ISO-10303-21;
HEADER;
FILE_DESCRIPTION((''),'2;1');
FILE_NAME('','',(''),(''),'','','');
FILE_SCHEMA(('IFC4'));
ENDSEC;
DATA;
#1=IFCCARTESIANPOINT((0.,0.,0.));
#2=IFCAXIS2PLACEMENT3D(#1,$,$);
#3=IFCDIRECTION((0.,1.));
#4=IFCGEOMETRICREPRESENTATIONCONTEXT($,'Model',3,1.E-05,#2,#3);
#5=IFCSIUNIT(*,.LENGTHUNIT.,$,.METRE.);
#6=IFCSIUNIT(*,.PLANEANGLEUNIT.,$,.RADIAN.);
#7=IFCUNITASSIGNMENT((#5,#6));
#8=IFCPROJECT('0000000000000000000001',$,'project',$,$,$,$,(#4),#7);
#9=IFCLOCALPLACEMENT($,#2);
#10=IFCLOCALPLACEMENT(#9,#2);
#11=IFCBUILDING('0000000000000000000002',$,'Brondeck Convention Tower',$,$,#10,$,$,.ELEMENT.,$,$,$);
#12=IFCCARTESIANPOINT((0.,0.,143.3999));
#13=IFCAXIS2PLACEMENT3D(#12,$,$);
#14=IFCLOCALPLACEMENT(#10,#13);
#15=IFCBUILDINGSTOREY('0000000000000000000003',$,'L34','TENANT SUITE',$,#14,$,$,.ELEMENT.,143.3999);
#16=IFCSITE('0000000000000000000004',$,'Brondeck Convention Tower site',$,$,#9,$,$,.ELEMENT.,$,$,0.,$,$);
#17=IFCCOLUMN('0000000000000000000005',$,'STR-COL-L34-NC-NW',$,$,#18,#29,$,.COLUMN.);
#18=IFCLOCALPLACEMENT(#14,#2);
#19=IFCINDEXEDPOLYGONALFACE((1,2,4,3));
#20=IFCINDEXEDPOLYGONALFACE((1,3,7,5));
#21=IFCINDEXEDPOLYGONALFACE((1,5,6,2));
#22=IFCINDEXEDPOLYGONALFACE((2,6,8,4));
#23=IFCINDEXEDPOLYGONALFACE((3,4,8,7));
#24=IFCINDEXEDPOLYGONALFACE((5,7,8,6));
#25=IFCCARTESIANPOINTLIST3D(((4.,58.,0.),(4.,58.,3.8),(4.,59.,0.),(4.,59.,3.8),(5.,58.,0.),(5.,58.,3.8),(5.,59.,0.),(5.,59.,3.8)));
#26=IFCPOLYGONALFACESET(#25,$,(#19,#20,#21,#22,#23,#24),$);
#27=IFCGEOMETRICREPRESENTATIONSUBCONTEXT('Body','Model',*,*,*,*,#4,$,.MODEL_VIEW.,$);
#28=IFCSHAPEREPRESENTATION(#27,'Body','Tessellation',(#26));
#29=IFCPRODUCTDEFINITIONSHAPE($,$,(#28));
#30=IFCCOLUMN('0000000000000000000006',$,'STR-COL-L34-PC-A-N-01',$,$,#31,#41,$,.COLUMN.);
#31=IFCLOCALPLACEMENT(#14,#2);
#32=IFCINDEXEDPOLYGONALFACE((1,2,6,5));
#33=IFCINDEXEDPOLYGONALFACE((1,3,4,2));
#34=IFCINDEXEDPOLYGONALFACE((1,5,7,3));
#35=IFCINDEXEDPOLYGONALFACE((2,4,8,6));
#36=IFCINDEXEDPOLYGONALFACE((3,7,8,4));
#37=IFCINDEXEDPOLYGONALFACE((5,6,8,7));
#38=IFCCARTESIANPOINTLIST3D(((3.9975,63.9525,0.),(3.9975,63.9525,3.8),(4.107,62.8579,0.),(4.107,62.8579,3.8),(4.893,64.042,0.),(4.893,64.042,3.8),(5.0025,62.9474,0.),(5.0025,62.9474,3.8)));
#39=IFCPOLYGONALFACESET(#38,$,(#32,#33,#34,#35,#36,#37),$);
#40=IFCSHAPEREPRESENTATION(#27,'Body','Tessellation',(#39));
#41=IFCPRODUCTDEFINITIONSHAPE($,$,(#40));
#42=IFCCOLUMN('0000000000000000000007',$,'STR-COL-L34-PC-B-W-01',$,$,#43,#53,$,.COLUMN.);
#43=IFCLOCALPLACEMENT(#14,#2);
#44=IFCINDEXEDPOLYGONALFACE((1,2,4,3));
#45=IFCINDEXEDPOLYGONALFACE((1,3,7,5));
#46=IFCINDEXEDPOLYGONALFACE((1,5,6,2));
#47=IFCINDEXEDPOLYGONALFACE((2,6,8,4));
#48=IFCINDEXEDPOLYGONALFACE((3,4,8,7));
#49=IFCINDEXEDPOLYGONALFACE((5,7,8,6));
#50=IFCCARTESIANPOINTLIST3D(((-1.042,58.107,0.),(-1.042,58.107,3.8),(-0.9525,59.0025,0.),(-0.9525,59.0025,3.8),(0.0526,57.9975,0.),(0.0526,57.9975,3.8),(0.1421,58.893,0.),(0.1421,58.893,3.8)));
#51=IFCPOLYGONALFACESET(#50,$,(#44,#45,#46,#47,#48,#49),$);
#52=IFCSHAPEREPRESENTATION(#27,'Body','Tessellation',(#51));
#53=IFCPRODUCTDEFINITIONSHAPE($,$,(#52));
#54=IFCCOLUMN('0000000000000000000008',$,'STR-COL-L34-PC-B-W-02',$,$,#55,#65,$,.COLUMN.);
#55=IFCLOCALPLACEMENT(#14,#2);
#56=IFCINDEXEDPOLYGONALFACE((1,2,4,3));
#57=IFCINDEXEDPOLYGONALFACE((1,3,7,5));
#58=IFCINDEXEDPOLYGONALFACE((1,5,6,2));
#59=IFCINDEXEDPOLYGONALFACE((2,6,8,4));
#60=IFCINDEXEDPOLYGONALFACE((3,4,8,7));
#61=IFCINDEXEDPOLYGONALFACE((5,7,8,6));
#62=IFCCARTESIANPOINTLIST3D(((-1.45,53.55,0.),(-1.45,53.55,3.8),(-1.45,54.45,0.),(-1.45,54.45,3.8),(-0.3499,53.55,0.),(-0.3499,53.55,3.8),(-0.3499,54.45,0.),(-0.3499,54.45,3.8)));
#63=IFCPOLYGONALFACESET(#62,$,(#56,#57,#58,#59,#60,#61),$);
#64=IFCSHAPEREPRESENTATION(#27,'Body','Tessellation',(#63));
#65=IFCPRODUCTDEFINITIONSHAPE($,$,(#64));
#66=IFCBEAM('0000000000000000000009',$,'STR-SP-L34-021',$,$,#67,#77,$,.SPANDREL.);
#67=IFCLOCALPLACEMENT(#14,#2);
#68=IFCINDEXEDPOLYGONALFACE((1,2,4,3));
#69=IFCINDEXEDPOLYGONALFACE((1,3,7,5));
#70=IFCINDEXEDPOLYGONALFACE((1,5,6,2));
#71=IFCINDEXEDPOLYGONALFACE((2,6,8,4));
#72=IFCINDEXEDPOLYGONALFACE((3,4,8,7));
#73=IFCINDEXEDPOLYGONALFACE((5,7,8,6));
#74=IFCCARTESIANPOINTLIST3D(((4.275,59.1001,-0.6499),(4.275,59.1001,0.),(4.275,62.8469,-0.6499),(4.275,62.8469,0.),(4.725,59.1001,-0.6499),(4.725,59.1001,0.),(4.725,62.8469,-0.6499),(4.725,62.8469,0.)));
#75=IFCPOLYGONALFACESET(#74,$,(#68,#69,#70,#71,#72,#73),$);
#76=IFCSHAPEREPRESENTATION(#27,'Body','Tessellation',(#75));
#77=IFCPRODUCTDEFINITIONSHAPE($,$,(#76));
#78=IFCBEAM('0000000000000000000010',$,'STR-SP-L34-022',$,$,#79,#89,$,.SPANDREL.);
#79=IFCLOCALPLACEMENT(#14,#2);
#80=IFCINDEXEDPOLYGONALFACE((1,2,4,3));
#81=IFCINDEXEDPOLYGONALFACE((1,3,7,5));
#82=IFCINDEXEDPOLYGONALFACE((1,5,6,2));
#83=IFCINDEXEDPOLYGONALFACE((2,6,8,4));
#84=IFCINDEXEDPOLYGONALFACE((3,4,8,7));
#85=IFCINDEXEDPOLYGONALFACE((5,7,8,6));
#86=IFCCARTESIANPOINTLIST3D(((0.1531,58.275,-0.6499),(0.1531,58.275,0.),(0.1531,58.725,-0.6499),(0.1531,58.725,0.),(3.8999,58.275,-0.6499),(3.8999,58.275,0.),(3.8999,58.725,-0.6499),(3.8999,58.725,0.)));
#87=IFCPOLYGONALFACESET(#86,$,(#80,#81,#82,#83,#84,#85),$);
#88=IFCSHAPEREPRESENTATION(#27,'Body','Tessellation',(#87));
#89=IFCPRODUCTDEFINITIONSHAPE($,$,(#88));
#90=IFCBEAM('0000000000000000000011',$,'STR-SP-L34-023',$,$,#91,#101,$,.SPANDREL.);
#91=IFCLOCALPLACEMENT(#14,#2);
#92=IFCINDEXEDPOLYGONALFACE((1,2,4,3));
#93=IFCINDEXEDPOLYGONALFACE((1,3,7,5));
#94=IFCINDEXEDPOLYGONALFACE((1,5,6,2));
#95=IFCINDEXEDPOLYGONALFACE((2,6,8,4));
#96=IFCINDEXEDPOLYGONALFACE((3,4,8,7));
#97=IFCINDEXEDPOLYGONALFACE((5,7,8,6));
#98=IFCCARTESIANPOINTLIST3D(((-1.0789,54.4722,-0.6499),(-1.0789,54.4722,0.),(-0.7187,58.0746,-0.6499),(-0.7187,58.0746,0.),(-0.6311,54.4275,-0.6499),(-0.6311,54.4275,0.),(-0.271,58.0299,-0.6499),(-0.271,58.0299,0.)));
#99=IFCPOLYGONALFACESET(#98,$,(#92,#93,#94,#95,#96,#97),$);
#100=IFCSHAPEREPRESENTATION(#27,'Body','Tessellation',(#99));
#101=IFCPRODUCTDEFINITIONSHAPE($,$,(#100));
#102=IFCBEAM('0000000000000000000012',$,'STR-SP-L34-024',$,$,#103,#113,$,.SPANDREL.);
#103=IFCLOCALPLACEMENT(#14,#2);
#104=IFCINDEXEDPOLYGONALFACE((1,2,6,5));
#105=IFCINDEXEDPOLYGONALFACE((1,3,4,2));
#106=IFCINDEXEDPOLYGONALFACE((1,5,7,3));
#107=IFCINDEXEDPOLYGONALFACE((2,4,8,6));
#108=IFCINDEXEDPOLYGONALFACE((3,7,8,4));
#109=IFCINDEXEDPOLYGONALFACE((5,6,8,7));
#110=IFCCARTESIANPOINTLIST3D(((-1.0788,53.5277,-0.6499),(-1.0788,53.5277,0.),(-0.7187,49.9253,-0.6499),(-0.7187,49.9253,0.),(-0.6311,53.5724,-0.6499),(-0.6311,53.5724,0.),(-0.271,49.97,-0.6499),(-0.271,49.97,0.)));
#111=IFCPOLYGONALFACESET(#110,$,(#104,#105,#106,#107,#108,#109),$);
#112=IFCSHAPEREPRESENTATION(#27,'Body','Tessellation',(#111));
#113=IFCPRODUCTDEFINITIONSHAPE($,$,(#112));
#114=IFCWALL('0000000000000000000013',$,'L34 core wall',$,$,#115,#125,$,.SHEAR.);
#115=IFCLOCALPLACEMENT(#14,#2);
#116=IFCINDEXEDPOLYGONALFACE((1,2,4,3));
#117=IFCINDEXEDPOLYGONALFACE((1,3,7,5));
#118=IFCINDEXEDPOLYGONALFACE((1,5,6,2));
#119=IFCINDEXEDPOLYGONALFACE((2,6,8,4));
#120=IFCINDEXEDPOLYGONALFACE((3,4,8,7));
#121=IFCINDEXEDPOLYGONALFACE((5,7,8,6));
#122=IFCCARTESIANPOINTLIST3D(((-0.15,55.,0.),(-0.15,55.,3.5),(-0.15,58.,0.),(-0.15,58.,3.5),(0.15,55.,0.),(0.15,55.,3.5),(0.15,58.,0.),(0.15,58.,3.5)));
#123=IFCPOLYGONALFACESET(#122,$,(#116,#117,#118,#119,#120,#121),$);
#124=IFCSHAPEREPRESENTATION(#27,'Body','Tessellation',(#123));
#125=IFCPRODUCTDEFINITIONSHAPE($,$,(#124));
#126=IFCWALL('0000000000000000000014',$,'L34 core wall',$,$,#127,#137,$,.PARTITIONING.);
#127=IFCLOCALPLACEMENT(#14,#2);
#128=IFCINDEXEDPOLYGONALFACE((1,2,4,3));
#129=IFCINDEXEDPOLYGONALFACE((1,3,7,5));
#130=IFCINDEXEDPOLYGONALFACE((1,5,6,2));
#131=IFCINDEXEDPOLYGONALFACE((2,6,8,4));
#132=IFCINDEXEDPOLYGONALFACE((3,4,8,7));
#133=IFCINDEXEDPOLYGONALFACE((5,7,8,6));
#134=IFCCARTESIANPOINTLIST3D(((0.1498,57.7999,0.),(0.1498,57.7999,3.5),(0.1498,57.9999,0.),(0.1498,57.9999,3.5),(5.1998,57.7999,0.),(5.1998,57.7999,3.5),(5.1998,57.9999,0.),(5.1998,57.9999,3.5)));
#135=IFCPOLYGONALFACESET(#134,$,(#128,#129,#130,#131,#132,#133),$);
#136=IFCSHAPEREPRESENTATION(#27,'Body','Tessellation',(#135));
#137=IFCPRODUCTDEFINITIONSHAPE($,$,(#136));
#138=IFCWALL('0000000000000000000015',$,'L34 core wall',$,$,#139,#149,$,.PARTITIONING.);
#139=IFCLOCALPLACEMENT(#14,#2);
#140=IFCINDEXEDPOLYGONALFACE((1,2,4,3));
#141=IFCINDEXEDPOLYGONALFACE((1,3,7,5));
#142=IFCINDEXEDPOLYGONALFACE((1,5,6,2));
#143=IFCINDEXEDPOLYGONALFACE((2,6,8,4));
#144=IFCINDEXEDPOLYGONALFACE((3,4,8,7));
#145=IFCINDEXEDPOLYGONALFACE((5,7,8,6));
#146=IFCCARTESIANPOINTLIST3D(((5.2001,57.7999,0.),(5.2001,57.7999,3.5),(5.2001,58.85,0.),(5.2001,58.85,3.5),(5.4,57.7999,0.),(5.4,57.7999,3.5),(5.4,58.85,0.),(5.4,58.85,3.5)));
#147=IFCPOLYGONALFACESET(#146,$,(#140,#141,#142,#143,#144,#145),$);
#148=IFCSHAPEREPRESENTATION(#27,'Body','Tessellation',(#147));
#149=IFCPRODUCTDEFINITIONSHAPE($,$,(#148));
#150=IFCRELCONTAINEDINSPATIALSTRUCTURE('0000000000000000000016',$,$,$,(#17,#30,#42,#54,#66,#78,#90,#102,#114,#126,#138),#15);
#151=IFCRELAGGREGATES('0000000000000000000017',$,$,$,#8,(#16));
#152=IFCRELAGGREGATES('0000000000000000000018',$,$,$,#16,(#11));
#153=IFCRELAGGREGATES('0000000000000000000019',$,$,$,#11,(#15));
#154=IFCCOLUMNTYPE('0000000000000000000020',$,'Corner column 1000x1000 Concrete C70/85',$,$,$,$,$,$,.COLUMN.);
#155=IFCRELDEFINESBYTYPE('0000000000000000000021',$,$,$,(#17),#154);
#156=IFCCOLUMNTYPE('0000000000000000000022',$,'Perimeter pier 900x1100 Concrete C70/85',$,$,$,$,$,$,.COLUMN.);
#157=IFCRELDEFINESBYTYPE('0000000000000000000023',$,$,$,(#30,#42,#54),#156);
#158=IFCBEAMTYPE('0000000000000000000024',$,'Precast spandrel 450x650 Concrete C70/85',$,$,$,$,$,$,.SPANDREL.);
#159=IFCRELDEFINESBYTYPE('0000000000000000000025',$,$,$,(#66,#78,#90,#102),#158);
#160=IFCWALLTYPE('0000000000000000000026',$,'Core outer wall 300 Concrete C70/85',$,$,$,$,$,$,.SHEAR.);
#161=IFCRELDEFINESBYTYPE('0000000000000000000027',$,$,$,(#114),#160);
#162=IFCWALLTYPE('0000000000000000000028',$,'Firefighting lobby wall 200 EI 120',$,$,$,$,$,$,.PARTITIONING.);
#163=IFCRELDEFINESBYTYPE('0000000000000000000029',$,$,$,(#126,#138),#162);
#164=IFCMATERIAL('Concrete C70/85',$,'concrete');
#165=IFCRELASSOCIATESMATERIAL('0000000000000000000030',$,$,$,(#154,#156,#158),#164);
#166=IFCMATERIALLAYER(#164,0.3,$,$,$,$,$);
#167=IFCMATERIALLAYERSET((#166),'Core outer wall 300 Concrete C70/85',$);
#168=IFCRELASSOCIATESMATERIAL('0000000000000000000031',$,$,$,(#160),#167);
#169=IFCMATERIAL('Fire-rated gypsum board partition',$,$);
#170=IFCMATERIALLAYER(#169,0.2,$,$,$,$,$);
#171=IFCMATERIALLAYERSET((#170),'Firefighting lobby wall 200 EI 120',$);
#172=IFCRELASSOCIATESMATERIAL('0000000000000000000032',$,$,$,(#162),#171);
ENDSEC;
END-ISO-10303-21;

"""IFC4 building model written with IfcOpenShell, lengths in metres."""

from ifc_helpers import new_model, si_unit, direction, frame, frame_2d, origin, origin_2d, place, context, subcontext, project, spatial, rectangle, extrude, material, layer, layer_set, material_profile, profile_set, type_object, element, save


model = new_model("IFC4")

# Units and contexts
model_context = context("Model", 3, precision=1e-05, world=origin(), true_north=direction((0.0, 1.0)))
body_context = subcontext(model_context, "Body", "Model", "MODEL_VIEW")
ifc_project = project(units=[si_unit("LENGTHUNIT", "METRE"), si_unit("PLANEANGLEUNIT", "RADIAN")], contexts=[model_context])

# Site, building, storey
site_placement = place(None, origin())
site = spatial("IfcSite", under=ifc_project, at=site_placement, Name="Brondeck Convention Tower site", CompositionType="ELEMENT", RefElevation=0.0)
building_placement = place(site_placement, origin())
building = spatial("IfcBuilding", under=site, at=building_placement, Name="Brondeck Convention Tower", CompositionType="ELEMENT")
storey_placement = place(building_placement, frame((0.0, 0.0, 143.3999)))
storey = spatial("IfcBuildingStorey", under=building, at=storey_placement, Name="L34", Description="TENANT SUITE", CompositionType="ELEMENT", Elevation=143.3999)

# Columns
ifc_material_1 = material(Name="Concrete C70/85", Category="concrete")
ifc_material_profile_1 = material_profile(ifc_material_1, rectangle(XDim=1.0, YDim=1.0, at=origin_2d()), Name="Corner column 1000x1000 Concrete C70/85")
ifc_profile_set_1 = profile_set([ifc_material_profile_1], Name="Concrete C70/85")
column_type_1 = type_object("IfcColumnType", Name="Corner column 1000x1000 Concrete C70/85", PredefinedType="COLUMN", material=ifc_profile_set_1)
column_placement = place(storey_placement, frame((4.5, 58.5, 0.0), z_axis=(0.0, 0.0, 1.0), x_axis=(1.0, 0.0, 0.0)))
element("IfcColumn", 1, at=column_placement, inside=storey, type_object=column_type_1, Name="STR-COL-L34-NC-NW", PredefinedType="COLUMN", context=body_context, shape_type="SweptSolid", body=[
    extrude(rectangle(XDim=1.0, YDim=1.0, at=origin_2d()), origin(), (0.0, 0.0, 1.0), 3.8),
])
ifc_material_profile_2 = material_profile(ifc_material_1, rectangle(XDim=0.8999, YDim=1.1001, at=origin_2d()), Name="Perimeter pier 900x1100 Concrete C70/85")
ifc_profile_set_2 = profile_set([ifc_material_profile_2], Name="Concrete C70/85")
column_type_2 = type_object("IfcColumnType", Name="Perimeter pier 900x1100 Concrete C70/85", PredefinedType="COLUMN", material=ifc_profile_set_2)
for number, where, z_axis, x_axis, name in (
    (2, (4.5, 63.45, 0.0), (0.0, 0.0, 1.0), (-0.995037, -0.099504, 0.0), "STR-COL-L34-PC-A-N-01"),
    (3, (-0.45, 58.5, 0.0), (0.0, 0.0, 1.0), (-0.099504, -0.995037, 0.0), "STR-COL-L34-PC-B-W-01"),
    (4, (-0.8999, 54.0, 0.0), (0.0, 0.0, 1.0), (0.0, -1.0, 0.0), "STR-COL-L34-PC-B-W-02"),
):
    element("IfcColumn", number, at=place(storey_placement, frame(where, z_axis=z_axis, x_axis=x_axis)), inside=storey, type_object=column_type_2, Name=name, PredefinedType="COLUMN", context=body_context, shape_type="SweptSolid", body=[
        extrude(rectangle(XDim=0.8999, YDim=1.1001, at=origin_2d()), origin(), (0.0, 0.0, 1.0), 3.8),
    ])

# Beams
ifc_material_profile_3 = material_profile(ifc_material_1, rectangle(XDim=0.45, YDim=0.6499, at=origin_2d()), Name="Precast spandrel 450x650 Concrete C70/85")
ifc_profile_set_3 = profile_set([ifc_material_profile_3], Name="Concrete C70/85")
beam_type = type_object("IfcBeamType", Name="Precast spandrel 450x650 Concrete C70/85", PredefinedType="SPANDREL", material=ifc_profile_set_3)
for number, where, z_axis, x_axis, name in (
    (5, (4.5, 62.8469, -0.325), (0.0, -1.0, 0.0), (1.0, 0.0, 0.0), "STR-SP-L34-021"),
    (6, (3.8999, 58.5, -0.325), (-1.0, 0.0, 0.0), (0.0, -1.0, 0.0), "STR-SP-L34-022"),
):
    element("IfcBeam", number, at=place(storey_placement, frame(where, z_axis=z_axis, x_axis=x_axis)), inside=storey, type_object=beam_type, Name=name, PredefinedType="SPANDREL", context=body_context, shape_type="SweptSolid", body=[
        extrude(rectangle(XDim=0.45, YDim=0.6499, at=origin_2d()), origin(), (0.0, 0.0, 1.0), 3.7468),
    ])
for number, where, z_axis, x_axis, name in (
    (7, (-0.4949, 58.0522, -0.325), (-0.09947, -0.995041, 0.0), (0.995041, -0.09947, 0.0), "STR-SP-L34-023"),
    (8, (-0.855, 53.55, -0.325), (0.09947, -0.995041, 0.0), (0.995041, 0.09947, 0.0), "STR-SP-L34-024"),
):
    element("IfcBeam", number, at=place(storey_placement, frame(where, z_axis=z_axis, x_axis=x_axis)), inside=storey, type_object=beam_type, Name=name, PredefinedType="SPANDREL", context=body_context, shape_type="SweptSolid", body=[
        extrude(rectangle(XDim=0.45, YDim=0.6499, at=origin_2d()), origin(), (0.0, 0.0, 1.0), 3.6204),
    ])

# Walls
ifc_layer_1 = layer(ifc_material_1, 0.3)
ifc_layer_set_1 = layer_set([ifc_layer_1], Name="Core outer wall 300 Concrete C70/85")
wall_type_1 = type_object("IfcWallType", Name="Core outer wall 300 Concrete C70/85", PredefinedType="SHEAR", material=ifc_layer_set_1)
wall_1_placement = place(storey_placement, frame((0.0, 55.0, 0.0), z_axis=(0.0, 0.0, 1.0), x_axis=(0.0, 1.0, 0.0)))
element("IfcWall", 9, at=wall_1_placement, inside=storey, type_object=wall_type_1, Name="L34 core wall", PredefinedType="SHEAR", context=body_context, shape_type="SweptSolid", body=[
    extrude(rectangle(XDim=3.0, YDim=0.3, at=frame_2d((1.5, 0.0))), origin(), (0.0, 0.0, 1.0), 3.5),
])
ifc_material_2 = material(Name="Fire-rated gypsum board partition")
ifc_layer_2 = layer(ifc_material_2, 0.2)
ifc_layer_set_2 = layer_set([ifc_layer_2], Name="Firefighting lobby wall 200 EI 120")
wall_type_2 = type_object("IfcWallType", Name="Firefighting lobby wall 200 EI 120", PredefinedType="PARTITIONING", material=ifc_layer_set_2)
wall_2_placement = place(storey_placement, frame((0.1499, 57.8999, 0.0), z_axis=(0.0, 0.0, 1.0), x_axis=(1.0, 0.0, 0.0)))
element("IfcWall", 10, at=wall_2_placement, inside=storey, type_object=wall_type_2, Name="L34 core wall", PredefinedType="PARTITIONING", context=body_context, shape_type="SweptSolid", body=[
    extrude(rectangle(XDim=5.05, YDim=0.2, at=frame_2d((2.5249, 0.0))), origin(), (0.0, 0.0, 1.0), 3.5),
])
wall_3_placement = place(storey_placement, frame((5.3, 57.8, 0.0), z_axis=(0.0, 0.0, 1.0), x_axis=(0.0, 1.0, 0.0)))
element("IfcWall", 11, at=wall_3_placement, inside=storey, type_object=wall_type_2, Name="L34 core wall", PredefinedType="PARTITIONING", context=body_context, shape_type="SweptSolid", body=[
    extrude(rectangle(XDim=1.05, YDim=0.2, at=frame_2d((0.5249, 0.0))), origin(), (0.0, 0.0, 1.0), 3.5),
])

save(model, "model.ifc")
